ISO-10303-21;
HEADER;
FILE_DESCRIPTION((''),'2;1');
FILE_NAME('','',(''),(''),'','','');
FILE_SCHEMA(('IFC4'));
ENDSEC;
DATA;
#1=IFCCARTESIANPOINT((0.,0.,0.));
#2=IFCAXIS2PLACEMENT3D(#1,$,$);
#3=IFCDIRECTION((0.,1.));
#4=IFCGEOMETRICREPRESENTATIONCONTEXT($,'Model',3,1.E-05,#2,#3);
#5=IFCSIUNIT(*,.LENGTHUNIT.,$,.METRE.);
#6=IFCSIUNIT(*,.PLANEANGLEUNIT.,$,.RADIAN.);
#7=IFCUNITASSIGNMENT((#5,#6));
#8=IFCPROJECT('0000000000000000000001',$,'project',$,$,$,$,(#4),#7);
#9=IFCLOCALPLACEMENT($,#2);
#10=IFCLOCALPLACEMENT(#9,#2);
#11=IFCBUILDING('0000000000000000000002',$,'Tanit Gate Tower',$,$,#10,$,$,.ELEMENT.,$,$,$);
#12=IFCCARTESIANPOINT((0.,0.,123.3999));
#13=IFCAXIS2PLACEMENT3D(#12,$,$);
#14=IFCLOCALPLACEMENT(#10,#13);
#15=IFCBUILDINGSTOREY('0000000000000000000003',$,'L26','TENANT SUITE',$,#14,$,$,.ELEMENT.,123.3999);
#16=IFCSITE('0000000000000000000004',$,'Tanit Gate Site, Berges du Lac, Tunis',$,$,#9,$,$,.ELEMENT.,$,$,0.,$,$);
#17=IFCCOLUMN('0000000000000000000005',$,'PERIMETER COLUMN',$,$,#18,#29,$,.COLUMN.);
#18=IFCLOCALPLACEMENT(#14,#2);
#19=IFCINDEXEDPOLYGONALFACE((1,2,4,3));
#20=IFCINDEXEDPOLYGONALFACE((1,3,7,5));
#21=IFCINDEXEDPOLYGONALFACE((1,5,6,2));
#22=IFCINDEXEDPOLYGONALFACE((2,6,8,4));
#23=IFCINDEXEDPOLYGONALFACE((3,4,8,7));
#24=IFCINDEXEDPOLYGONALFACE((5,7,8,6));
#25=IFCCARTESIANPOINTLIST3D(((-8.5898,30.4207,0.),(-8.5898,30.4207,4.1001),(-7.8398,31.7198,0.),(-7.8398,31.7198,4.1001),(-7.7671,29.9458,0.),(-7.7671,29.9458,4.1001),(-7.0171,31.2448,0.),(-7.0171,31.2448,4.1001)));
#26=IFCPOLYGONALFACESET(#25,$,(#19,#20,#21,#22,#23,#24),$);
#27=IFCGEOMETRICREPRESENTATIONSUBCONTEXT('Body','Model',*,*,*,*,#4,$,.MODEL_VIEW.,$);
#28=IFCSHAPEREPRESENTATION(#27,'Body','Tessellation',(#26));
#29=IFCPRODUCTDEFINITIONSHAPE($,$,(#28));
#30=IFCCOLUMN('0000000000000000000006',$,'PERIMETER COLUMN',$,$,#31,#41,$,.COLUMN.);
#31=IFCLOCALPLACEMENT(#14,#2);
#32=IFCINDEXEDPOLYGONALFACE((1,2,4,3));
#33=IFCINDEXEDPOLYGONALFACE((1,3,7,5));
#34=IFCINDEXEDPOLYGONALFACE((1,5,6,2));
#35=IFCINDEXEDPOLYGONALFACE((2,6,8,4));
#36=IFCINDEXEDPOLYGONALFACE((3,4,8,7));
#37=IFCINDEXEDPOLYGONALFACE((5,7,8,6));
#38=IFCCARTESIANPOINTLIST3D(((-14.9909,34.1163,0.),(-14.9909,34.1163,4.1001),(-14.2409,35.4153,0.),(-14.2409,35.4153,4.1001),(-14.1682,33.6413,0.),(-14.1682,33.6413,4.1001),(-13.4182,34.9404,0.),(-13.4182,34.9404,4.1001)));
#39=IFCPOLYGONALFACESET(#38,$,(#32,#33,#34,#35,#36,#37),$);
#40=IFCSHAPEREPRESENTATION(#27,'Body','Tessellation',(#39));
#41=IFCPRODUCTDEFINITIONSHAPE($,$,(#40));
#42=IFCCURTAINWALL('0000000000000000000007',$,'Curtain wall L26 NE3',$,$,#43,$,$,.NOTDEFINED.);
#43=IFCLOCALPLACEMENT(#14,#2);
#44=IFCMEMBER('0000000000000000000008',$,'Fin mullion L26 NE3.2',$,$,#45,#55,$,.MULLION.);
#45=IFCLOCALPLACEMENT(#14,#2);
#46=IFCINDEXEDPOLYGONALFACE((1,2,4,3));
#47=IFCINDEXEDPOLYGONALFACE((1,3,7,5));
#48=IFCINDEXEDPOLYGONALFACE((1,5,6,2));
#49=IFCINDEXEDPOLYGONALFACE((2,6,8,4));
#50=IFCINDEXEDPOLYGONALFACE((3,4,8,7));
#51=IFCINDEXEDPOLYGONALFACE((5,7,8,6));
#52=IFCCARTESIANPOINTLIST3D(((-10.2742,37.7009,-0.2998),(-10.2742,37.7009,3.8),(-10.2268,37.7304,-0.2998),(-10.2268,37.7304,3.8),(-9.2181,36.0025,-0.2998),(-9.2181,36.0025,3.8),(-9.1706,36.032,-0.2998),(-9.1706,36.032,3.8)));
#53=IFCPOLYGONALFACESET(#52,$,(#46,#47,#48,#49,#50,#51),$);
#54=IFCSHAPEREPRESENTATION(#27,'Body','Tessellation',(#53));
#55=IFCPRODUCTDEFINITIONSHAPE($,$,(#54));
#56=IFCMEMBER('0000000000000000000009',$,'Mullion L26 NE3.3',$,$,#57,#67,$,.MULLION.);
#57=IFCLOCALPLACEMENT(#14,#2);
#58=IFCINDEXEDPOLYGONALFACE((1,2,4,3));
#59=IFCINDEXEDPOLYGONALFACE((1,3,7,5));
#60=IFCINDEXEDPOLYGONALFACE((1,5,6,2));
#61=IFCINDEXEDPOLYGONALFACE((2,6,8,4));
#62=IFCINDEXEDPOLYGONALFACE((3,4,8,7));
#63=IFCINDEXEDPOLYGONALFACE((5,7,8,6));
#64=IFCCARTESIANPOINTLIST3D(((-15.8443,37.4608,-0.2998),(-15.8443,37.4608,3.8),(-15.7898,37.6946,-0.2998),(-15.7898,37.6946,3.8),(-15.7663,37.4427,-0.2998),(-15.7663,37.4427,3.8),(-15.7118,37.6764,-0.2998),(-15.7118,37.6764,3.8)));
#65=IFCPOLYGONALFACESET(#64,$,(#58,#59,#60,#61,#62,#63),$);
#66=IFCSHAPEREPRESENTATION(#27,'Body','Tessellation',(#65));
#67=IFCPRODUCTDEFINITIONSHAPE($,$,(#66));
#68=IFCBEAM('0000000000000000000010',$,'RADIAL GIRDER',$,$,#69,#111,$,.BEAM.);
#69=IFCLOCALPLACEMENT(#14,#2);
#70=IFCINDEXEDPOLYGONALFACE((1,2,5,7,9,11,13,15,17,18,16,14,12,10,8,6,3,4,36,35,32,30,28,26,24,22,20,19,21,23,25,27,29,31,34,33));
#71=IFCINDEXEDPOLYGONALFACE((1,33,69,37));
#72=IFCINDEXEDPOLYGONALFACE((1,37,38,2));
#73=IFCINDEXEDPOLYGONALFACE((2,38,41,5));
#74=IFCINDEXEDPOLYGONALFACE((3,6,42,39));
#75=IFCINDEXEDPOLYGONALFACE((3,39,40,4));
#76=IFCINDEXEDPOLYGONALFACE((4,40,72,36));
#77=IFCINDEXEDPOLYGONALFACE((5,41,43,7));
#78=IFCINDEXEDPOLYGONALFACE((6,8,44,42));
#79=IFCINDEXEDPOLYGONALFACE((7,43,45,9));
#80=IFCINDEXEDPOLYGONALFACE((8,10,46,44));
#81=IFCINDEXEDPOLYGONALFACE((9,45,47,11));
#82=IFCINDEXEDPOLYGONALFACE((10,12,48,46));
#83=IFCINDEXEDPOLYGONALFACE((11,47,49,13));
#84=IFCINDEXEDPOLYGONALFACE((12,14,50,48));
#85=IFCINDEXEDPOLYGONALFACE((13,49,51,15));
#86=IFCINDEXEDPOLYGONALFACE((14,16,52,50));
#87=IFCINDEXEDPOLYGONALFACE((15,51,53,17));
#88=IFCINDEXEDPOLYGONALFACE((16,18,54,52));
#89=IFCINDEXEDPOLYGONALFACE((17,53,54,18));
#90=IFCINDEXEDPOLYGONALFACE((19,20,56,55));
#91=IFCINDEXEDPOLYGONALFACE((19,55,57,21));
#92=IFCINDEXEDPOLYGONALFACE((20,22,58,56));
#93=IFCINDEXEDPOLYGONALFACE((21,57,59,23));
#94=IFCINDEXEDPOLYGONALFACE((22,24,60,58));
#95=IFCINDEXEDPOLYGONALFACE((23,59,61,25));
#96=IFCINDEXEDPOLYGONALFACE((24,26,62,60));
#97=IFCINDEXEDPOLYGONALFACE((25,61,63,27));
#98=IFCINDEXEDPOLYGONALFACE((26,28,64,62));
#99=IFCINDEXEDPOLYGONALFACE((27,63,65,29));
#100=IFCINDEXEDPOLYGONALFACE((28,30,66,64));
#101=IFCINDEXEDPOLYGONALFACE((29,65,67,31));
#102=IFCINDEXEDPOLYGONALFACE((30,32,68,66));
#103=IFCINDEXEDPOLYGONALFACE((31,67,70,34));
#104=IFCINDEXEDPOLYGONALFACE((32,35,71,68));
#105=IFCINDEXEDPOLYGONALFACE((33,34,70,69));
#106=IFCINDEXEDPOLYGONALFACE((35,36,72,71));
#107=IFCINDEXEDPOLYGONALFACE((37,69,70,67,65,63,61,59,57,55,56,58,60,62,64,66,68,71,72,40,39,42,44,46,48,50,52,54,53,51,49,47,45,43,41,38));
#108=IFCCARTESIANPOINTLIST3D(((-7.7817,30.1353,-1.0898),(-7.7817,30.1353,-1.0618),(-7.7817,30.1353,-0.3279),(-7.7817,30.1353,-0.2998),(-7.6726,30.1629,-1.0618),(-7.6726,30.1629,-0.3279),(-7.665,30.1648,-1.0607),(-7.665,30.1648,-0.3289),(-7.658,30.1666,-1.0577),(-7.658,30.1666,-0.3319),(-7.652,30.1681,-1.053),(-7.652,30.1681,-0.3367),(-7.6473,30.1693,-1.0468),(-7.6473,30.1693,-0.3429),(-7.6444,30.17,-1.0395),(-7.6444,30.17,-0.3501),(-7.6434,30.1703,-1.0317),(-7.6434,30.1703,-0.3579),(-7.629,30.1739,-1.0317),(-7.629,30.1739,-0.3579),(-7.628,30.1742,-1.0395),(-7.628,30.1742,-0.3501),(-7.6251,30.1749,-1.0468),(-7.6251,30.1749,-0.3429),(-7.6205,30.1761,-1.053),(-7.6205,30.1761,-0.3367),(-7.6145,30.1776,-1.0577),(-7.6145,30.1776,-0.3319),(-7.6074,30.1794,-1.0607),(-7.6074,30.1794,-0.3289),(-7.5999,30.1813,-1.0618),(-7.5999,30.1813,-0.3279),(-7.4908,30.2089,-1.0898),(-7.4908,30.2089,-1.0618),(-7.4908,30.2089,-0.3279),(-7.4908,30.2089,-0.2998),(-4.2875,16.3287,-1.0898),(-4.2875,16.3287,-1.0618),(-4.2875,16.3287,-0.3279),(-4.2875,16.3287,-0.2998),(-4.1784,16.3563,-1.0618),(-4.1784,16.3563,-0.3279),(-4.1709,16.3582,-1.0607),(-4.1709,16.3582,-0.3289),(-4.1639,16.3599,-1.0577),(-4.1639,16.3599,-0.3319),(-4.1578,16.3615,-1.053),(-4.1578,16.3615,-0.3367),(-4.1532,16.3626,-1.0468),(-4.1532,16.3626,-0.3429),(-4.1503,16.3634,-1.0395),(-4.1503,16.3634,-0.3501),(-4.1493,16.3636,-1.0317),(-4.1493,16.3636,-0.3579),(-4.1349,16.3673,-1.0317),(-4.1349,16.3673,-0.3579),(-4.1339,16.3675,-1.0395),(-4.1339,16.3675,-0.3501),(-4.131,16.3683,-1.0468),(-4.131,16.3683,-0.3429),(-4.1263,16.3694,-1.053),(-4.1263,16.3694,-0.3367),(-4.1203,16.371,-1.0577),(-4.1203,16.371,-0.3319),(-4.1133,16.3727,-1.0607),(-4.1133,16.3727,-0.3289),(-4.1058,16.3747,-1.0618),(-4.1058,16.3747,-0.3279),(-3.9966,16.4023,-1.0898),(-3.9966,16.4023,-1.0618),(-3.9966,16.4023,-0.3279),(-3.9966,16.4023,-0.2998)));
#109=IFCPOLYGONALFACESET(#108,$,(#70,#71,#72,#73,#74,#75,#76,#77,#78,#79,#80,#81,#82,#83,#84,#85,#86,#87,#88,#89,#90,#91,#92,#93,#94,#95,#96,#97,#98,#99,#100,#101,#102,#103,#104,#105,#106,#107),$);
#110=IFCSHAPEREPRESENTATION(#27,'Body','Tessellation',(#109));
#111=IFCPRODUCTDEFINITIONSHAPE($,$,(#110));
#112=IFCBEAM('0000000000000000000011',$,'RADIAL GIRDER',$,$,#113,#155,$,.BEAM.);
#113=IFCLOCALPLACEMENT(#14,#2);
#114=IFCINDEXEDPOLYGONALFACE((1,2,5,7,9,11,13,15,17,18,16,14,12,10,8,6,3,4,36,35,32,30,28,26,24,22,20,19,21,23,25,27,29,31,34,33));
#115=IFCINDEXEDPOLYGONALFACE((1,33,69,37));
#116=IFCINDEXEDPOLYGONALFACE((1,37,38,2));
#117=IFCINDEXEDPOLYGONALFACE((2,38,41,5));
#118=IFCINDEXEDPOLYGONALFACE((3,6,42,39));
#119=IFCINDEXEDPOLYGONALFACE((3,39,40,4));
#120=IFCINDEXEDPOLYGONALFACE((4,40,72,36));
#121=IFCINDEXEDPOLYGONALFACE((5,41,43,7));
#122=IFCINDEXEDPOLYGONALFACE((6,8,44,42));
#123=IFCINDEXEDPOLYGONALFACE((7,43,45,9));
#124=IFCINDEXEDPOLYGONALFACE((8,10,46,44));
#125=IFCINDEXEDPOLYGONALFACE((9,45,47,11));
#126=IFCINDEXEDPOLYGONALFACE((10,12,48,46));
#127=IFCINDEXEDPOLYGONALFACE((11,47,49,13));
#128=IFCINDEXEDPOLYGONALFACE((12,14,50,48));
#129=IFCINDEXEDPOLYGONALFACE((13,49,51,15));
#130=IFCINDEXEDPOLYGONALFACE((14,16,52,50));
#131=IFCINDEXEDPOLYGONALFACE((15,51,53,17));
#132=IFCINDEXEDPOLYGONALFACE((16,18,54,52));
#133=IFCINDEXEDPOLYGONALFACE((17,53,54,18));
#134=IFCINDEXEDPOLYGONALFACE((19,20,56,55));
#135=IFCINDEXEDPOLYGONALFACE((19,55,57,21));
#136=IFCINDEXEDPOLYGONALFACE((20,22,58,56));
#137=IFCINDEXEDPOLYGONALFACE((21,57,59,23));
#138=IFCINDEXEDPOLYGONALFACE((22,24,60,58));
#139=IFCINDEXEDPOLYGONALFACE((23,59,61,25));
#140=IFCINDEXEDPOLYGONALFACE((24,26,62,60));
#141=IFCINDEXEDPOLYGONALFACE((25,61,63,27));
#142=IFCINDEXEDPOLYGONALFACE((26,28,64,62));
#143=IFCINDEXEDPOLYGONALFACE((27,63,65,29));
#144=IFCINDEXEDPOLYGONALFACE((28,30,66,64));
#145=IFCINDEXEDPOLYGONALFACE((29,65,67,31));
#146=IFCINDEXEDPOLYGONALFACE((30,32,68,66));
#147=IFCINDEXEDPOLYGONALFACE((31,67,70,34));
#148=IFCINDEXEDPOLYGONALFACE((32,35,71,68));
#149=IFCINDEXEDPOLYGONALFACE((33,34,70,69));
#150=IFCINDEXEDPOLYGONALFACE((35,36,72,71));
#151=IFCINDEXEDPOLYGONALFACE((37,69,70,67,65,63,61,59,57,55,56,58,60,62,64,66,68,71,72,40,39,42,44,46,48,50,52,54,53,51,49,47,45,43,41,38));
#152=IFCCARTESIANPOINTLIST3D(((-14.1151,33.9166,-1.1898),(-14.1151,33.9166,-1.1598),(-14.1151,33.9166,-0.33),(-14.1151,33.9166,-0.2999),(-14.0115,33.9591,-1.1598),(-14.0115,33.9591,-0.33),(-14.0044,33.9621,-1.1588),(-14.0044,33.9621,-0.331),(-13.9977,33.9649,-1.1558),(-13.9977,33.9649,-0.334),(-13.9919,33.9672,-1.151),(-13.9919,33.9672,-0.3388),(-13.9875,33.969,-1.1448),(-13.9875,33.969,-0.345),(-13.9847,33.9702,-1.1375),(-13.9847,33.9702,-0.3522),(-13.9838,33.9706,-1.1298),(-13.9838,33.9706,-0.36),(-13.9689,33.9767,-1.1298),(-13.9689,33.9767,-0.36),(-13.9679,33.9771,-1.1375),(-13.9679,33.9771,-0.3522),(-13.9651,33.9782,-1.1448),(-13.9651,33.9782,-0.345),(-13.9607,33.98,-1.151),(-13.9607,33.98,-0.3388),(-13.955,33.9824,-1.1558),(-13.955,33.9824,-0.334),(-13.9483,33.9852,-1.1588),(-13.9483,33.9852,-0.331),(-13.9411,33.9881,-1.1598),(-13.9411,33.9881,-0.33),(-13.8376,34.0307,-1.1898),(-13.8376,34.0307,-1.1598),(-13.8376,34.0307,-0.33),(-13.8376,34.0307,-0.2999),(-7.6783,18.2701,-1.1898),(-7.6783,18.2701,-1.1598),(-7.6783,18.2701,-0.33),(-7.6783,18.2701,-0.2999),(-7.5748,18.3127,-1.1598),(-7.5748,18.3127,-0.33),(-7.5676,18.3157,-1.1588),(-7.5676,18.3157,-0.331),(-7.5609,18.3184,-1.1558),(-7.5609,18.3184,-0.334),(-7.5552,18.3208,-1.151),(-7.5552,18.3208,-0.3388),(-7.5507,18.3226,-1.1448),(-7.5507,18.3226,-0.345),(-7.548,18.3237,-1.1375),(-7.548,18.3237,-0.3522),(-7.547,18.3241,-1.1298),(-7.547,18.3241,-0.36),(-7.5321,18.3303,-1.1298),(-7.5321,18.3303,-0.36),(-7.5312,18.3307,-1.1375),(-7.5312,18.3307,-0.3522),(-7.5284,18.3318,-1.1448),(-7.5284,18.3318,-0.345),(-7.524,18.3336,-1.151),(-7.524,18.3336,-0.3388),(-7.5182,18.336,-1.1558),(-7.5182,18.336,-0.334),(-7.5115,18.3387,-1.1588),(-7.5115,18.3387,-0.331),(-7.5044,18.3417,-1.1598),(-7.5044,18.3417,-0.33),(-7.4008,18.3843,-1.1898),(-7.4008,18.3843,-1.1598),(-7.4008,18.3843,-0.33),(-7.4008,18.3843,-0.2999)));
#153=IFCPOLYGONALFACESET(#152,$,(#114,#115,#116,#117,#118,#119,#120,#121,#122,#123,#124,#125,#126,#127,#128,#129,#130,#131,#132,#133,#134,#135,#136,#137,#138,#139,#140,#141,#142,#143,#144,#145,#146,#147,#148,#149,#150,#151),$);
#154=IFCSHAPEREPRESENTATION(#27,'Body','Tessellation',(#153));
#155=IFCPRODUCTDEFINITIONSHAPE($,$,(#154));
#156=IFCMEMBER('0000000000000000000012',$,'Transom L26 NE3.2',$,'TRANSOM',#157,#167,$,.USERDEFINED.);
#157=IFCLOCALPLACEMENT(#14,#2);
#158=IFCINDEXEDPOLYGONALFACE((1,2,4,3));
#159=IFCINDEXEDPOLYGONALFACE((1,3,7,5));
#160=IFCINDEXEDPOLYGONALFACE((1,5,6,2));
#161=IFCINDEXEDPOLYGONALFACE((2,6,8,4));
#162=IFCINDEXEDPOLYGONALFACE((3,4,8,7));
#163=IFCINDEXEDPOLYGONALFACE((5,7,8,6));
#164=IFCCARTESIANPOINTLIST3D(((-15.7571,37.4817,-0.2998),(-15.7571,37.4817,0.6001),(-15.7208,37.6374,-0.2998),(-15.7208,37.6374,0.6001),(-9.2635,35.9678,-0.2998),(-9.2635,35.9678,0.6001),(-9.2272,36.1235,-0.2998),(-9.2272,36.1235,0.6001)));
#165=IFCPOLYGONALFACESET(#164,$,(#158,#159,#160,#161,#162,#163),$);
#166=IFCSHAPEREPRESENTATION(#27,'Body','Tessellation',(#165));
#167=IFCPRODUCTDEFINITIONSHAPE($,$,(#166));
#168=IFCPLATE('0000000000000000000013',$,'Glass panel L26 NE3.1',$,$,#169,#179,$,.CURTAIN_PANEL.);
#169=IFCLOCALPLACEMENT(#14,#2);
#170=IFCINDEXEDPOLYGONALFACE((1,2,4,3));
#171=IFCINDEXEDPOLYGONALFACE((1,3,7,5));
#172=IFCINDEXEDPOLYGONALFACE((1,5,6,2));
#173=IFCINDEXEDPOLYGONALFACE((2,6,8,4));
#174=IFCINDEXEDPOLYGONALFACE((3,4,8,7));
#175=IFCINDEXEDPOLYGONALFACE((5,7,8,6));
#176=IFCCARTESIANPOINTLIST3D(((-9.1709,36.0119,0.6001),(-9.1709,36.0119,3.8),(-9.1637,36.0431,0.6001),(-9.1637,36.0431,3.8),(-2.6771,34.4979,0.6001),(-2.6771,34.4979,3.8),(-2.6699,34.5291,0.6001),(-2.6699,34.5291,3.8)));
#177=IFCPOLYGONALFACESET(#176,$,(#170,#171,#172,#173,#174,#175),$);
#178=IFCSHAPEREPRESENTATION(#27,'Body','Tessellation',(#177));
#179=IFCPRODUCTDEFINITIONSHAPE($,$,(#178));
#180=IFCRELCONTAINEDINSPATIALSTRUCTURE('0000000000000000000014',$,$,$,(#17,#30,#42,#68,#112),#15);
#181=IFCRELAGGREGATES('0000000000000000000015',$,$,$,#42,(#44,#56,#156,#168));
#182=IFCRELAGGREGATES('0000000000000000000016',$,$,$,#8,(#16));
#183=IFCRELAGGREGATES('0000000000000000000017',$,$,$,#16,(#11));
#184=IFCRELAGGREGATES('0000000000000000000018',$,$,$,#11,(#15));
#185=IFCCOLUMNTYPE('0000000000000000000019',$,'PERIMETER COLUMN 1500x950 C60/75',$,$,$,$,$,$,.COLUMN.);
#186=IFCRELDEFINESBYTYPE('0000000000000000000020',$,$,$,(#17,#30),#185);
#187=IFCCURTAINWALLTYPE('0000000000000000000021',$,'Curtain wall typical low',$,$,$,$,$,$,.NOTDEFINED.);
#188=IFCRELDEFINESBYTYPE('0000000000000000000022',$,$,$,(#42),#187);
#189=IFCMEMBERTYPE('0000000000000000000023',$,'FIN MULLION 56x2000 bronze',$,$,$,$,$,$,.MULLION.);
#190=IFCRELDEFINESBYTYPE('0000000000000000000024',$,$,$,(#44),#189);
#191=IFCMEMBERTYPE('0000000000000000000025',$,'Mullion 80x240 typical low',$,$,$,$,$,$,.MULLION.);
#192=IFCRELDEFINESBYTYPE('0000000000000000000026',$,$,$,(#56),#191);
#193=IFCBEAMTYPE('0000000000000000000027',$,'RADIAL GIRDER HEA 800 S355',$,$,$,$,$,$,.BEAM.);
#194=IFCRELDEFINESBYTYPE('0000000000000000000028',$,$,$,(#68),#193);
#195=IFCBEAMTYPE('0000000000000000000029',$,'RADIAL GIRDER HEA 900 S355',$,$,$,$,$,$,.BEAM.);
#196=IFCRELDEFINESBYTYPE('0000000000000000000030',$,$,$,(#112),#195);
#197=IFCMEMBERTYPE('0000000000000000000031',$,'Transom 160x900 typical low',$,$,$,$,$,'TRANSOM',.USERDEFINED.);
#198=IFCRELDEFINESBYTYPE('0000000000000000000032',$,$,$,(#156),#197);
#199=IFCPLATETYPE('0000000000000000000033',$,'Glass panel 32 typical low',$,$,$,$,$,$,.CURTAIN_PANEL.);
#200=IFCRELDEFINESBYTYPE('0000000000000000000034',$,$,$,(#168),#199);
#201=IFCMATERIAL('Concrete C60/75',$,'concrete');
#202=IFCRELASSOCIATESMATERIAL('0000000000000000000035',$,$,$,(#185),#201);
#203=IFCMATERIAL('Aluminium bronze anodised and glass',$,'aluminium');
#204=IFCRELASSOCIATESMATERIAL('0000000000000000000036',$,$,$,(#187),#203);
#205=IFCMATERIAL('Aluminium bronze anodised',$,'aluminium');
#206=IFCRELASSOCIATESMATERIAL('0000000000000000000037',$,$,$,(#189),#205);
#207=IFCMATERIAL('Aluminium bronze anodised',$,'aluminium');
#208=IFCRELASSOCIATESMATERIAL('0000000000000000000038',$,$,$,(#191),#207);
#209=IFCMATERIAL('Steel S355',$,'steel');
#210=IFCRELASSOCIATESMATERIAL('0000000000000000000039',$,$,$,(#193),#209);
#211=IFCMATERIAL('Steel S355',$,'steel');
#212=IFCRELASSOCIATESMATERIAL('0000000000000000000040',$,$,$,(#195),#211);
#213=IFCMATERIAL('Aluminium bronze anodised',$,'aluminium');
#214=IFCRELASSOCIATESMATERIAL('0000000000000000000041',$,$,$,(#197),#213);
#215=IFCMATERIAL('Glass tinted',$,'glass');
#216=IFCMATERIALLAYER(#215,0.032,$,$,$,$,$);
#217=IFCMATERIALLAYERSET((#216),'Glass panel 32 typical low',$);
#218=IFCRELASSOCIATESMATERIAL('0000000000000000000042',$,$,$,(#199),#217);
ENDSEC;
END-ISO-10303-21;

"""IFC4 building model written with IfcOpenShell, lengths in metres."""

from ifc_helpers import new_model, si_unit, direction, frame, origin, origin_2d, place, context, subcontext, project, spatial, rectangle, i_section, extrude, material, layer, layer_set, material_profile, profile_set, type_object, element, aggregate, save


model = new_model("IFC4")

# Units and contexts
model_context = context("Model", 3, precision=1e-05, world=origin(), true_north=direction((0.0, 1.0)))
body_context = subcontext(model_context, "Body", "Model", "MODEL_VIEW")
ifc_project = project(units=[si_unit("LENGTHUNIT", "METRE"), si_unit("PLANEANGLEUNIT", "RADIAN")], contexts=[model_context])

# Site, building, storey
site_placement = place(None, origin())
site = spatial("IfcSite", under=ifc_project, at=site_placement, Name="Tanit Gate Site, Berges du Lac, Tunis", CompositionType="ELEMENT", RefElevation=0.0)
building_placement = place(site_placement, origin())
building = spatial("IfcBuilding", under=site, at=building_placement, Name="Tanit Gate Tower", CompositionType="ELEMENT")
storey_placement = place(building_placement, frame((0.0, 0.0, 123.3999)))
storey = spatial("IfcBuildingStorey", under=building, at=storey_placement, Name="L26", Description="TENANT SUITE", CompositionType="ELEMENT", Elevation=123.3999)

# Columns
ifc_material_1 = material(Name="Concrete C60/75", Category="concrete")
ifc_material_profile_1 = material_profile(ifc_material_1, rectangle(XDim=1.5, YDim=0.95, at=origin_2d()), Name="RC 1500x950")
ifc_profile_set_1 = profile_set([ifc_material_profile_1], Name="Concrete C60/75")
column_type = type_object("IfcColumnType", Name="PERIMETER COLUMN 1500x950 C60/75", PredefinedType="COLUMN", material=ifc_profile_set_1)
for number, where, z_axis, x_axis, name in (
    (1, (-7.8035, 30.8328, 0.0), (0.0, 0.0, 1.0), (0.5, 0.866025, 0.0), "PERIMETER COLUMN"),
    (2, (-14.2046, 34.5283, 0.0), (0.0, 0.0, 1.0), (0.5, 0.866025, 0.0), "PERIMETER COLUMN"),
):
    element("IfcColumn", number, at=place(storey_placement, frame(where, z_axis=z_axis, x_axis=x_axis)), inside=storey, type_object=column_type, Name=name, PredefinedType="COLUMN", context=body_context, shape_type="SweptSolid", body=[
        extrude(rectangle(XDim=1.5, YDim=0.95, at=origin_2d()), origin(), (0.0, 0.0, 1.0), 4.1001),
    ])

# Curtain wall, members
ifc_material_2 = material(Name="Aluminium bronze anodised and glass", Category="aluminium")
curtain_wall_type = type_object("IfcCurtainWallType", Name="Curtain wall typical low", PredefinedType="NOTDEFINED", material=ifc_material_2)
curtain_wall_placement = place(storey_placement, origin())
curtain_wall = element("IfcCurtainWall", 3, at=curtain_wall_placement, inside=storey, type_object=curtain_wall_type, Name="Curtain wall L26 NE3", PredefinedType="NOTDEFINED")
ifc_material_3 = material(Name="Aluminium bronze anodised", Category="aluminium")
ifc_material_profile_2 = material_profile(ifc_material_3, rectangle(XDim=2.0, YDim=0.0559, at=origin_2d()), Name="56x2000 bronze fin mullion")
ifc_profile_set_2 = profile_set([ifc_material_profile_2], Name="Aluminium bronze anodised")
member_type_1 = type_object("IfcMemberType", Name="FIN MULLION 56x2000 bronze", PredefinedType="MULLION", material=ifc_profile_set_2)
member_1_placement = place(storey_placement, frame((-9.7224, 36.8665, -0.2998), z_axis=(0.0, 0.0, 1.0), x_axis=(0.528086, -0.849191, 0.0)))
member_1 = element("IfcMember", 4, at=member_1_placement, type_object=member_type_1, Name="Fin mullion L26 NE3.2", PredefinedType="MULLION", context=body_context, shape_type="SweptSolid", body=[
    extrude(rectangle(XDim=2.0, YDim=0.0559, at=origin_2d()), origin(), (0.0, 0.0, 1.0), 4.0999),
])
ifc_material_4 = material(Name="Aluminium bronze anodised", Category="aluminium")
ifc_material_profile_3 = material_profile(ifc_material_4, rectangle(XDim=0.24, YDim=0.0801, at=origin_2d()), Name="80x240 bronze mullion")
ifc_profile_set_3 = profile_set([ifc_material_profile_3], Name="Aluminium bronze anodised")
member_type_2 = type_object("IfcMemberType", Name="Mullion 80x240 typical low", PredefinedType="MULLION", material=ifc_profile_set_3)
member_2_placement = place(storey_placement, frame((-15.7781, 37.5686, -0.2998), z_axis=(0.0, 0.0, 1.0), x_axis=(-0.227056, -0.973882, 0.0)))
member_2 = element("IfcMember", 5, at=member_2_placement, type_object=member_type_2, Name="Mullion L26 NE3.3", PredefinedType="MULLION", context=body_context, shape_type="SweptSolid", body=[
    extrude(rectangle(XDim=0.24, YDim=0.0801, at=origin_2d()), origin(), (0.0, 0.0, 1.0), 4.0999),
])

# Beams
ifc_material_5 = material(Name="Steel S355", Category="steel")
ifc_material_profile_4 = material_profile(ifc_material_5, i_section(OverallWidth=0.3, OverallDepth=0.79, WebThickness=0.0149, FlangeThickness=0.0281, FilletRadius=0.03, at=origin_2d()), Name="HEA 800")
ifc_profile_set_4 = profile_set([ifc_material_profile_4], Name="Steel S355")
beam_type_1 = type_object("IfcBeamType", Name="RADIAL GIRDER HEA 800 S355", PredefinedType="BEAM", material=ifc_profile_set_4)
beam_1_placement = place(storey_placement, frame((-7.6362, 30.1721, -0.6948), z_axis=(0.245342, -0.969437, 0.0), x_axis=(0.969437, 0.245342, 0.0)))
element("IfcBeam", 6, at=beam_1_placement, inside=storey, type_object=beam_type_1, Name="RADIAL GIRDER", PredefinedType="BEAM", context=body_context, shape_type="SweptSolid", body=[
    extrude(i_section(OverallWidth=0.3, OverallDepth=0.79, WebThickness=0.0149, FlangeThickness=0.0281, FilletRadius=0.03, at=origin_2d()), origin(), (0.0, 0.0, 1.0), 14.2419),
])
ifc_material_6 = material(Name="Steel S355", Category="steel")
ifc_material_profile_5 = material_profile(ifc_material_6, i_section(OverallWidth=0.3, OverallDepth=0.8899, WebThickness=0.0161, FlangeThickness=0.03, FilletRadius=0.03, at=origin_2d()), Name="HEA 900")
ifc_profile_set_5 = profile_set([ifc_material_profile_5], Name="Steel S355")
beam_type_2 = type_object("IfcBeamType", Name="RADIAL GIRDER HEA 900 S355", PredefinedType="BEAM", material=ifc_profile_set_5)
beam_2_placement = place(storey_placement, frame((-13.9763, 33.9736, -0.7449), z_axis=(0.380451, -0.924801, 0.0), x_axis=(0.924801, 0.380451, 0.0)))
element("IfcBeam", 7, at=beam_2_placement, inside=storey, type_object=beam_type_2, Name="RADIAL GIRDER", PredefinedType="BEAM", context=body_context, shape_type="SweptSolid", body=[
    extrude(i_section(OverallWidth=0.3, OverallDepth=0.8899, WebThickness=0.0161, FlangeThickness=0.03, FilletRadius=0.03, at=origin_2d()), origin(), (0.0, 0.0, 1.0), 16.9187),
])

# Member
ifc_material_7 = material(Name="Aluminium bronze anodised", Category="aluminium")
ifc_material_profile_6 = material_profile(ifc_material_7, rectangle(XDim=0.1599, YDim=0.8999, at=origin_2d()), Name="160x900 bronze transom")
ifc_profile_set_6 = profile_set([ifc_material_profile_6], Name="Aluminium bronze anodised")
member_type_3 = type_object("IfcMemberType", Name="Transom 160x900 typical low", ElementType="TRANSOM", PredefinedType="USERDEFINED", material=ifc_profile_set_6)
member_3_placement = place(storey_placement, frame((-9.2454, 36.0457, 0.1501), z_axis=(-0.973883, 0.227049, 0.0), x_axis=(-0.227049, -0.973883, 0.0)))
member_3 = element("IfcMember", 8, at=member_3_placement, type_object=member_type_3, Name="Transom L26 NE3.2", ObjectType="TRANSOM", PredefinedType="USERDEFINED", context=body_context, shape_type="SweptSolid", body=[
    extrude(rectangle(XDim=0.1599, YDim=0.8999, at=origin_2d()), origin(), (0.0, 0.0, 1.0), 6.6677),
])

# Plate
ifc_material_8 = material(Name="Glass tinted", Category="glass")
ifc_layer_1 = layer(ifc_material_8, 0.032)
ifc_layer_set_1 = layer_set([ifc_layer_1], Name="Glass panel 32 typical low")
plate_type = type_object("IfcPlateType", Name="Glass panel 32 typical low", PredefinedType="CURTAIN_PANEL", material=ifc_layer_set_1)
plate_1_placement = place(storey_placement, frame((-5.9204, 35.2705, 0.6001), z_axis=(0.0, 0.0, 1.0), x_axis=(-0.973882, 0.227056, 0.0)))
plate_1 = element("IfcPlate", 9, at=plate_1_placement, type_object=plate_type, Name="Glass panel L26 NE3.1", PredefinedType="CURTAIN_PANEL", context=body_context, shape_type="SweptSolid", body=[
    extrude(rectangle(XDim=6.668, YDim=0.032, at=origin_2d()), origin(), (0.0, 0.0, 1.0), 3.2),
])
aggregate(curtain_wall, [member_1, member_2, member_3, plate_1])

save(model, "model.ifc")
